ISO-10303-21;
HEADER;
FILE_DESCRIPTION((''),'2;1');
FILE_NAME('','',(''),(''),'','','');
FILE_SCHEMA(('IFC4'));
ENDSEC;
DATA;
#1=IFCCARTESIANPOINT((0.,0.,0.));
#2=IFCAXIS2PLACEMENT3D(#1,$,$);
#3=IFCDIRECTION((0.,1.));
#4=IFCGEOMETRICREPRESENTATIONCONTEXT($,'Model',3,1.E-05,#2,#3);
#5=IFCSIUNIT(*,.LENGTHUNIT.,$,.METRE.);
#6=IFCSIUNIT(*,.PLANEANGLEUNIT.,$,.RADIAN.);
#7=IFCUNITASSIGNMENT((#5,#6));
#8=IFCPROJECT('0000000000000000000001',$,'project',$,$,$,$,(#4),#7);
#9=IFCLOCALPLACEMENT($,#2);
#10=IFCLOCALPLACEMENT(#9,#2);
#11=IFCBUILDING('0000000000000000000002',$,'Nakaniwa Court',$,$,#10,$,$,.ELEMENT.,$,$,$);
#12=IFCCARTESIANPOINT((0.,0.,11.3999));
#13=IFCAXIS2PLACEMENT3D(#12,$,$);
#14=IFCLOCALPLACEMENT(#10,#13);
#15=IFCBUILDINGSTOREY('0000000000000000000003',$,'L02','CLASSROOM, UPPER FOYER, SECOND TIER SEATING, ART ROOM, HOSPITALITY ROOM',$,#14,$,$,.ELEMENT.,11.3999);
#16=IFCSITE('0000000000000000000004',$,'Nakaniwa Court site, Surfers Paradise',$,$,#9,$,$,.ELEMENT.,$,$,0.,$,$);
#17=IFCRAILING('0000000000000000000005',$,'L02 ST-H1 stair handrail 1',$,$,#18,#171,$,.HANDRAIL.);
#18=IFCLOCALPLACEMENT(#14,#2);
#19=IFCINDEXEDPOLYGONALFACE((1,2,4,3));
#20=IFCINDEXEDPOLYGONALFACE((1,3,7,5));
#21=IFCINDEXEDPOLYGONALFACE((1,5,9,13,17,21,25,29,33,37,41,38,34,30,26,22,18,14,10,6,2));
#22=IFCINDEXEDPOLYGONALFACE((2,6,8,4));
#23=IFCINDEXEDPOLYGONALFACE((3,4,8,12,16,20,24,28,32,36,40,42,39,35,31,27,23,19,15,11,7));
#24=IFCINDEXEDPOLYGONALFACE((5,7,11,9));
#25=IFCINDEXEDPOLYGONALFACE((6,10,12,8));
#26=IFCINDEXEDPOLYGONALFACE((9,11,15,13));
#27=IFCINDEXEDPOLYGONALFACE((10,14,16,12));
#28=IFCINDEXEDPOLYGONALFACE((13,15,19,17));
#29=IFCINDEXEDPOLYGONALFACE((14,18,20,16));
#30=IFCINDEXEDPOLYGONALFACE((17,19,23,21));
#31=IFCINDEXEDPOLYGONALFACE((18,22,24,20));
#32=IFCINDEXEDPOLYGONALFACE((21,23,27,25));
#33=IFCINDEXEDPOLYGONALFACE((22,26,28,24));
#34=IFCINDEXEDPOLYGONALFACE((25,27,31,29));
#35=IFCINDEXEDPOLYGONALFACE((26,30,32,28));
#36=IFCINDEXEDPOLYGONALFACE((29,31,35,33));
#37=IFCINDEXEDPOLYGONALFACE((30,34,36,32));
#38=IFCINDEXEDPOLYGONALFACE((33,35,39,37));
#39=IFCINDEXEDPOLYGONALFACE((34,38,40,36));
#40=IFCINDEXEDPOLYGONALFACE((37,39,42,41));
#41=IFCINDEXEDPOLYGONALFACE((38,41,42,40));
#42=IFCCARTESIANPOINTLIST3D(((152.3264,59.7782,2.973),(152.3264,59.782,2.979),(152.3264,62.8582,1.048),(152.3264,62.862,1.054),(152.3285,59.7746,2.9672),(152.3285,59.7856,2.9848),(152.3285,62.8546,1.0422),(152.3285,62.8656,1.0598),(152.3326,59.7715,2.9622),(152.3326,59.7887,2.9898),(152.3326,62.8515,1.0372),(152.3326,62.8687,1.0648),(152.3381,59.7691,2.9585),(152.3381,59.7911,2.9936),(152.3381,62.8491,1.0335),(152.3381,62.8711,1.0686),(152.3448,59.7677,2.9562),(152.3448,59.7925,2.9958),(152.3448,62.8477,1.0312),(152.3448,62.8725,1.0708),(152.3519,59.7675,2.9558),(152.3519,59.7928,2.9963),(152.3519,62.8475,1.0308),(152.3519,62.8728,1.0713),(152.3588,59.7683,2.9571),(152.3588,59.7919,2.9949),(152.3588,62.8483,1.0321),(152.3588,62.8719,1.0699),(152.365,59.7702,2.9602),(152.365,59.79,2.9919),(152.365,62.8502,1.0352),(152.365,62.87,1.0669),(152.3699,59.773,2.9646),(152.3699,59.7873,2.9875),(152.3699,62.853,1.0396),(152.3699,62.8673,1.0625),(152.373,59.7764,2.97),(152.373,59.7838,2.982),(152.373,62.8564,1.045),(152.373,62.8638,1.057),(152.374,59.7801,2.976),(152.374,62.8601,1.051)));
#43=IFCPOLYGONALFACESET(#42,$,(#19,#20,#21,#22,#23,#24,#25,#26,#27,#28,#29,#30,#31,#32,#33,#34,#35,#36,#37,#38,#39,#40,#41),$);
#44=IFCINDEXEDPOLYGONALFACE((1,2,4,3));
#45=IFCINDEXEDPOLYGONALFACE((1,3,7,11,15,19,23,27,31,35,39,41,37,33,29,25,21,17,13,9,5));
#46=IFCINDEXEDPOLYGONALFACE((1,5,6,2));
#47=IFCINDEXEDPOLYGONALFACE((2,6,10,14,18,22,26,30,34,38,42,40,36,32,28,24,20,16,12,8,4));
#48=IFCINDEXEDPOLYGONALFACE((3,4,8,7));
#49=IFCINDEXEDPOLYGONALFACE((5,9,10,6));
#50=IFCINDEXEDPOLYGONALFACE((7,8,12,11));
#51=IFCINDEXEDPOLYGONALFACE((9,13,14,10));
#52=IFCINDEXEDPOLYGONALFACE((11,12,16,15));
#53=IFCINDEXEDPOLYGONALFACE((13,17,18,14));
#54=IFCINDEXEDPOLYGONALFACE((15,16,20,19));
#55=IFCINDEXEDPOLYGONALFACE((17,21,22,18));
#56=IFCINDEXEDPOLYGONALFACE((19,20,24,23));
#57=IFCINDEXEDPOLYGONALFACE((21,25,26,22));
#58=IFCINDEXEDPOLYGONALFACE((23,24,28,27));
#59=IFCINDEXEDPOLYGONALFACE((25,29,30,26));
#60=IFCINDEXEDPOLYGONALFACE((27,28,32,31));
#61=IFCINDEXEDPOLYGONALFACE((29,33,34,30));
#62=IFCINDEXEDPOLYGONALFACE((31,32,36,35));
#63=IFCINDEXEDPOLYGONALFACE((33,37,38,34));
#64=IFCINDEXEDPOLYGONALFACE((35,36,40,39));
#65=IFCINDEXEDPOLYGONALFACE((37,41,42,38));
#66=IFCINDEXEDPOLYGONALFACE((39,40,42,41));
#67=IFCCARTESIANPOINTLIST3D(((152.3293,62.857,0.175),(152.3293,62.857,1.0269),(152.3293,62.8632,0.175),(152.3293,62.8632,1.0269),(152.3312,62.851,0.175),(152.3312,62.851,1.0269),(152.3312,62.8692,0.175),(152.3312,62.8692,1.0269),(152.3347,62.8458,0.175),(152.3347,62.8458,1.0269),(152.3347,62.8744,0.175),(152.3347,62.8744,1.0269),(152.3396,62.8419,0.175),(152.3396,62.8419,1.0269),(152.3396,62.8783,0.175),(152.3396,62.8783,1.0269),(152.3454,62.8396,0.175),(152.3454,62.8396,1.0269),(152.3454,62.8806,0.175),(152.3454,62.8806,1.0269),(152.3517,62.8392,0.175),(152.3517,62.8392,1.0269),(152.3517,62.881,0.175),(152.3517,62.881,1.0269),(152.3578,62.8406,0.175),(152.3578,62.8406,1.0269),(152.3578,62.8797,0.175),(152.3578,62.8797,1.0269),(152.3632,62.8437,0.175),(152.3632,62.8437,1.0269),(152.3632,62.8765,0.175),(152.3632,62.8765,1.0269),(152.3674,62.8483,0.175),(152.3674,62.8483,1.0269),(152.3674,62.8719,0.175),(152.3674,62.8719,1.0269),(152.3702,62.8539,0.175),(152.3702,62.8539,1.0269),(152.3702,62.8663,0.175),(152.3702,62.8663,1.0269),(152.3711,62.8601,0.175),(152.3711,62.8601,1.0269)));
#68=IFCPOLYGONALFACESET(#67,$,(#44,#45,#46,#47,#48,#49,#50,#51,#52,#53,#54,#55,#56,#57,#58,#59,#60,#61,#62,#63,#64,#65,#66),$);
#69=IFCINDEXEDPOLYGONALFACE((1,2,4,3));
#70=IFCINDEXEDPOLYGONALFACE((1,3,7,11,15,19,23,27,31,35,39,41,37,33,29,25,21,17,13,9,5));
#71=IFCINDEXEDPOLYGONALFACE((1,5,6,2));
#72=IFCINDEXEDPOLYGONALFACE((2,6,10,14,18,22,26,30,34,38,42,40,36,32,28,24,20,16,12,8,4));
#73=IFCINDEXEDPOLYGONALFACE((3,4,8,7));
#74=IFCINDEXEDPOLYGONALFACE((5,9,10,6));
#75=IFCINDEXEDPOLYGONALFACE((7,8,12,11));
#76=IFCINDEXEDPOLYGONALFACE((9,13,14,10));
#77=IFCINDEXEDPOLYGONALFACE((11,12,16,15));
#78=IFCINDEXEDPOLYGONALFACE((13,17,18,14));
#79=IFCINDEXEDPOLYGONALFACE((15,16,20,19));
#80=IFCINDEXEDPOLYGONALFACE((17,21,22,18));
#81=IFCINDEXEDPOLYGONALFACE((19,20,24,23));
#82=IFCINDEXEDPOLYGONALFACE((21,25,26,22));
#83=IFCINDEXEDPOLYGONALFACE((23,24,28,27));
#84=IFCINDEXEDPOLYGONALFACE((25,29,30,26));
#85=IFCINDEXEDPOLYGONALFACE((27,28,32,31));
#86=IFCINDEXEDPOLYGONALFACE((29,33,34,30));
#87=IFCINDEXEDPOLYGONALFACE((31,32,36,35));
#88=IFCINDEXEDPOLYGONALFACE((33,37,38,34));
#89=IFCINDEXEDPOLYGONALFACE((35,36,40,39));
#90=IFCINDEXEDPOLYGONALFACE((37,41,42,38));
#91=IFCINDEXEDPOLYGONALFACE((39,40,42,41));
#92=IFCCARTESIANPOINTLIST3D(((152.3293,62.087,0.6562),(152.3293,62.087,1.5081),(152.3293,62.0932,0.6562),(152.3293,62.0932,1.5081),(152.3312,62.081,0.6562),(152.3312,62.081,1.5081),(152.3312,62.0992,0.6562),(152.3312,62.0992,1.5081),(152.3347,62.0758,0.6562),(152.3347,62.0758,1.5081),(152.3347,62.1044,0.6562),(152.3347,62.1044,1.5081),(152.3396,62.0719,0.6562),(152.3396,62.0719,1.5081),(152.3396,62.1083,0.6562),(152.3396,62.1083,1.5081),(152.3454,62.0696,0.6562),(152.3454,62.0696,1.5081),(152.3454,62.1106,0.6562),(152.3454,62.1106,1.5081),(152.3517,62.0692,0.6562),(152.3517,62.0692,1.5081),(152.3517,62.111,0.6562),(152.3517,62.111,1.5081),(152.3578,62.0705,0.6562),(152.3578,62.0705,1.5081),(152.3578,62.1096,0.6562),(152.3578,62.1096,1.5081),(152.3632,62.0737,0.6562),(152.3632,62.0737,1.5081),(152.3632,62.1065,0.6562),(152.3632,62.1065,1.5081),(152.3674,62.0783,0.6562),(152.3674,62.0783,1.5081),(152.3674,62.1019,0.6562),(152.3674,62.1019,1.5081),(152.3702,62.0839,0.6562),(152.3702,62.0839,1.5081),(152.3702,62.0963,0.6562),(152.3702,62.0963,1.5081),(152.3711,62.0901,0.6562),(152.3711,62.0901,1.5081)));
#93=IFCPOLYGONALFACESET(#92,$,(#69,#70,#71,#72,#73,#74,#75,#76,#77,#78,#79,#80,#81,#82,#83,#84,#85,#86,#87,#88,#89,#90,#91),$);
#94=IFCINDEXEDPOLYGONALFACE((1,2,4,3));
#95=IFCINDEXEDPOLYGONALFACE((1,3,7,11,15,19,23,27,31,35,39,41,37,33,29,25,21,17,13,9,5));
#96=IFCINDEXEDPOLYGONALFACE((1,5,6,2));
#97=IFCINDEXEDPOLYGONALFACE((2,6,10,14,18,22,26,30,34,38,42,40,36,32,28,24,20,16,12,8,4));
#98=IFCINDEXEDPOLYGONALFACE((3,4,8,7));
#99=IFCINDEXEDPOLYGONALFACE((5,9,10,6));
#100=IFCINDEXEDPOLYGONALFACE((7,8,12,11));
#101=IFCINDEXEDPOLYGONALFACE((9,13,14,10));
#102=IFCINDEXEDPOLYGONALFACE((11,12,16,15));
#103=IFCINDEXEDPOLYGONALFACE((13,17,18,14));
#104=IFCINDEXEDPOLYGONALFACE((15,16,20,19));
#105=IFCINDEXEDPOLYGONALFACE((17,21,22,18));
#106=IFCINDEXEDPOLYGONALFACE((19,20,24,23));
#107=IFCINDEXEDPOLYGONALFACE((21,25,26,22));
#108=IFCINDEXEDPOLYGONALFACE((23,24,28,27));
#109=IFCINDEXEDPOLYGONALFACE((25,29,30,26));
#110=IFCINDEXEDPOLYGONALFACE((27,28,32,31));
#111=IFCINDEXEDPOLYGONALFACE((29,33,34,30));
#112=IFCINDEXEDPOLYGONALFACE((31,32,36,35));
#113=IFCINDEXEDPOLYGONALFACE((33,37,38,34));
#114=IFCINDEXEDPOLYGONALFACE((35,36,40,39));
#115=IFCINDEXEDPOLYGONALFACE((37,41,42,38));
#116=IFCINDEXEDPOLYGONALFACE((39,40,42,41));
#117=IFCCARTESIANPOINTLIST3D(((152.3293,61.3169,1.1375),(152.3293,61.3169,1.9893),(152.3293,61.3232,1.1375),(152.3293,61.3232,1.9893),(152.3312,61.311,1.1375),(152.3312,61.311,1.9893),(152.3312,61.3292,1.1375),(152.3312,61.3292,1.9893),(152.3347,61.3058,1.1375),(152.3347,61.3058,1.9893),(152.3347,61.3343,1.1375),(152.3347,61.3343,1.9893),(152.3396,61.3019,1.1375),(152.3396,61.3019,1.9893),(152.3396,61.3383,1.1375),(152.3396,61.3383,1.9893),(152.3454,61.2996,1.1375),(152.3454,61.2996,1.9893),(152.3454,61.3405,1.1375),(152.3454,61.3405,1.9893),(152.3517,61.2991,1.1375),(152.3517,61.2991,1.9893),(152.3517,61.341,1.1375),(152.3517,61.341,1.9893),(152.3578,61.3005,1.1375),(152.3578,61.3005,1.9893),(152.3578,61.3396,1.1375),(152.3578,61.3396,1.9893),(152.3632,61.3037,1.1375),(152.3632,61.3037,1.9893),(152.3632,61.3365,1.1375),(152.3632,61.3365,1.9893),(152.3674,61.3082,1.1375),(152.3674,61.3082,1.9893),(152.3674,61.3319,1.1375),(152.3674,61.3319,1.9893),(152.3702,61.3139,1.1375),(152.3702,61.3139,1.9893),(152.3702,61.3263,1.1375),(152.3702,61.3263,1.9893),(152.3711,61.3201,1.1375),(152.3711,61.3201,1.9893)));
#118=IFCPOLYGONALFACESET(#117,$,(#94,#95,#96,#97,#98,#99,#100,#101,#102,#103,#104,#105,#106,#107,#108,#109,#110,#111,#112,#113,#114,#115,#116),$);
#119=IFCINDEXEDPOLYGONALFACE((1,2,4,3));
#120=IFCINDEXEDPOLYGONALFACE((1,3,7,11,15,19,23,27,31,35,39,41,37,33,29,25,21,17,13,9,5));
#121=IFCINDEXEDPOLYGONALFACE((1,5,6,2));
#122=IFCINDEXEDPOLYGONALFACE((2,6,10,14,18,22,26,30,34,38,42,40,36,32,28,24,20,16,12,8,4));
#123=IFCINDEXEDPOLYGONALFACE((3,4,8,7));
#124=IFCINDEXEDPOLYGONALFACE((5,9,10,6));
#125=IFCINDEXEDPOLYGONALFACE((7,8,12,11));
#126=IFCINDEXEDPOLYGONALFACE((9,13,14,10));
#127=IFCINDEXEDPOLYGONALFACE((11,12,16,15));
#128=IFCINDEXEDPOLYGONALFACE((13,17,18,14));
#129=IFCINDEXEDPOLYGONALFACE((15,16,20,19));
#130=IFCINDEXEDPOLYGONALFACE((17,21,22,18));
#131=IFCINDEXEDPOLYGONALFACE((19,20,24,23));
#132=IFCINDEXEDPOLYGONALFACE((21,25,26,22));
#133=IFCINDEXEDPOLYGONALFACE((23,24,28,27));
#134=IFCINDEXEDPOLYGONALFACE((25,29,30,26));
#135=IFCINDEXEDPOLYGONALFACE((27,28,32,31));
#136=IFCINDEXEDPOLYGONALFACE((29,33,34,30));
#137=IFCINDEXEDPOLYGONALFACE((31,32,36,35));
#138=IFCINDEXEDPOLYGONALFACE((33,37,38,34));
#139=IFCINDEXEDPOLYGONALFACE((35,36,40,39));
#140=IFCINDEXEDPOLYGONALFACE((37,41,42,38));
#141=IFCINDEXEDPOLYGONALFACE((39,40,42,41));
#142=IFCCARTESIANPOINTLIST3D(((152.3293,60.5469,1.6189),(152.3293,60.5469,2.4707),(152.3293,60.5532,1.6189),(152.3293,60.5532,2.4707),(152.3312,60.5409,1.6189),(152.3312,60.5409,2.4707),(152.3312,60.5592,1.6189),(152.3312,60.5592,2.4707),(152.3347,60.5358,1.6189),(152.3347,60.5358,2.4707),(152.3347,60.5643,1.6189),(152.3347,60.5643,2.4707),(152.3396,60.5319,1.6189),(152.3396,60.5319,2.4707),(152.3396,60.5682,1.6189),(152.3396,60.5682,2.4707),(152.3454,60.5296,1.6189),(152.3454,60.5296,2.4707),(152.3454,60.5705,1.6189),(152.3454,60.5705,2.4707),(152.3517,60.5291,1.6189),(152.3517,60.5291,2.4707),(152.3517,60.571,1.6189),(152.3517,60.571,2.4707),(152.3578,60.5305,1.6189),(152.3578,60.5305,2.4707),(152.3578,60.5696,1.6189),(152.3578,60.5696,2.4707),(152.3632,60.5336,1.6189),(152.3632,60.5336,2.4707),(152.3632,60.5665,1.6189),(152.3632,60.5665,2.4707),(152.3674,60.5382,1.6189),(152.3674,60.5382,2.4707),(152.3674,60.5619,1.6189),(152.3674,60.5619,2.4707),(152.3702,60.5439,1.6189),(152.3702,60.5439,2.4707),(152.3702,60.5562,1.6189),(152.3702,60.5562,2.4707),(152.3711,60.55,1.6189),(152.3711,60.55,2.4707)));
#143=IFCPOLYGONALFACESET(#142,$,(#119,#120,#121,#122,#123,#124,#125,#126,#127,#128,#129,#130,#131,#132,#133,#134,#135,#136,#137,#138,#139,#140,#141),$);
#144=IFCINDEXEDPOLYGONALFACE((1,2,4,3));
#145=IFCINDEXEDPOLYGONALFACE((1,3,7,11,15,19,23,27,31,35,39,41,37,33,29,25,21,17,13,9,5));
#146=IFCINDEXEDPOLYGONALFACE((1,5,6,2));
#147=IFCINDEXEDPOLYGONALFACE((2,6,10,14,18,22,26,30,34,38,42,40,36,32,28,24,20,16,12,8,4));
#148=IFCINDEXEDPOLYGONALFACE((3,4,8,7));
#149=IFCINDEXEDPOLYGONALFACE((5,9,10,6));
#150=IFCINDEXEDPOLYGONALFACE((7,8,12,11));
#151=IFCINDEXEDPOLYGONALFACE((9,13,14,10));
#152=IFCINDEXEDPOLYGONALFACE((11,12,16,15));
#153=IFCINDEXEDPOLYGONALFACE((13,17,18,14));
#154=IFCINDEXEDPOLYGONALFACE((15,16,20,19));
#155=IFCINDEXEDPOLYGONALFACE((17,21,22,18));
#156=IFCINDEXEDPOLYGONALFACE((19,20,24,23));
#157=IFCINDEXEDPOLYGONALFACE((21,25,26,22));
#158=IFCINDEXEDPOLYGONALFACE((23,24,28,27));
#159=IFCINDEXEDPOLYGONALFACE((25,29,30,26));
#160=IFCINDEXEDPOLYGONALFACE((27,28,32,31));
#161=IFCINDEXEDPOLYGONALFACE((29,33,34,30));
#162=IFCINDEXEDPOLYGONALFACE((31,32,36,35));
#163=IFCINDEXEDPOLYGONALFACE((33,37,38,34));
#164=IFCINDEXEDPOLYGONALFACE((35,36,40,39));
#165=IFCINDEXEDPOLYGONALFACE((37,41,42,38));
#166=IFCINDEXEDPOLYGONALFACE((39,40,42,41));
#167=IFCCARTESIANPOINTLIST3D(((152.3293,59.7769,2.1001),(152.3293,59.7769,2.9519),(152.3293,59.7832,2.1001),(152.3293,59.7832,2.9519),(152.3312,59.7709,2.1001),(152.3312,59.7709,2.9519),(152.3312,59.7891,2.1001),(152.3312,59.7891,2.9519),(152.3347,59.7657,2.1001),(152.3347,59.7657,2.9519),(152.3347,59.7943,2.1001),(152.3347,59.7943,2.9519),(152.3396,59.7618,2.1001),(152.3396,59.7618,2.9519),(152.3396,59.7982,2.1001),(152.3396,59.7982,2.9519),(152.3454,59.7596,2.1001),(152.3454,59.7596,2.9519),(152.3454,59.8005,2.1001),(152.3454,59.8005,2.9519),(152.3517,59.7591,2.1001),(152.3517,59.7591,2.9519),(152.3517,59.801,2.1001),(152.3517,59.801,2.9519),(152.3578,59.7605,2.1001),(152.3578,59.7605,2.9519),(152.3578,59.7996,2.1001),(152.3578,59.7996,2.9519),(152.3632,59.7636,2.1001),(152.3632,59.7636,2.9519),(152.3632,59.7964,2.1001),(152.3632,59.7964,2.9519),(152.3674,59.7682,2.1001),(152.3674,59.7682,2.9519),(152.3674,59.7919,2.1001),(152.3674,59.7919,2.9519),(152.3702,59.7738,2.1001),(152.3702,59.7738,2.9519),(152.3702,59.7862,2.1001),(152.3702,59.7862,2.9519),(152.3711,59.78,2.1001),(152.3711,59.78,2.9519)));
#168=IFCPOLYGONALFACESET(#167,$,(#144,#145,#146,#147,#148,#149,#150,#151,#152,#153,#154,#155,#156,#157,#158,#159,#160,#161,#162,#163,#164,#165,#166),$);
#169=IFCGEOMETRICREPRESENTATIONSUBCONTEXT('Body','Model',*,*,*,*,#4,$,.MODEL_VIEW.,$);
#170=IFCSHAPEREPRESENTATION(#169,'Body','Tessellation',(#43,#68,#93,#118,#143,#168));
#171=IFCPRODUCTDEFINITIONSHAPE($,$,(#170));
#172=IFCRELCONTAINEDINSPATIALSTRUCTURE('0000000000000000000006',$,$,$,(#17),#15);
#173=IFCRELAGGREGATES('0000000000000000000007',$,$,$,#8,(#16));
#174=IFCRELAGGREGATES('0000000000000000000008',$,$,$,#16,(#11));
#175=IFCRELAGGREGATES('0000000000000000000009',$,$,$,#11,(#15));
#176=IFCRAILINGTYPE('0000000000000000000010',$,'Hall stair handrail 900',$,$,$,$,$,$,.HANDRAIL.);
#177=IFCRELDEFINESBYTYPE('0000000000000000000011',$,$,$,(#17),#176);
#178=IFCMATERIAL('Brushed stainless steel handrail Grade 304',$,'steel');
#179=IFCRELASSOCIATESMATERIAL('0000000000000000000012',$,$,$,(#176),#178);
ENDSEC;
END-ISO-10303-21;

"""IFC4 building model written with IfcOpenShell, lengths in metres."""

from ifc_helpers import new_model, si_unit, direction, frame, origin, origin_2d, place, context, subcontext, project, spatial, circle, extrude, material, type_object, element, save


model = new_model("IFC4")

# Units and contexts
model_context = context("Model", 3, precision=1e-05, world=origin(), true_north=direction((0.0, 1.0)))
body_context = subcontext(model_context, "Body", "Model", "MODEL_VIEW")
ifc_project = project(units=[si_unit("LENGTHUNIT", "METRE"), si_unit("PLANEANGLEUNIT", "RADIAN")], contexts=[model_context])

# Site, building, storey
site_placement = place(None, origin())
site = spatial("IfcSite", under=ifc_project, at=site_placement, Name="Nakaniwa Court site, Surfers Paradise", CompositionType="ELEMENT", RefElevation=0.0)
building_placement = place(site_placement, origin())
building = spatial("IfcBuilding", under=site, at=building_placement, Name="Nakaniwa Court", CompositionType="ELEMENT")
storey_placement = place(building_placement, frame((0.0, 0.0, 11.3999)))
storey = spatial("IfcBuildingStorey", under=building, at=storey_placement, Name="L02", Description="CLASSROOM, UPPER FOYER, SECOND TIER SEATING, ART ROOM, HOSPITALITY ROOM", CompositionType="ELEMENT", Elevation=11.3999)

# Railing
ifc_material_1 = material(Name="Brushed stainless steel handrail Grade 304", Category="steel")
railing_type_1 = type_object("IfcRailingType", Name="Hall stair handrail 900", PredefinedType="HANDRAIL", material=ifc_material_1)
railing_1_placement = place(storey_placement, frame((152.3501, 62.8601, 0.175)))
element("IfcRailing", 1, at=railing_1_placement, inside=storey, type_object=railing_type_1, Name="L02 ST-H1 stair handrail 1", PredefinedType="HANDRAIL", context=body_context, shape_type="SweptSolid", body=[
    extrude(circle(Radius=0.0239, at=origin_2d()), frame((0.0, 0.0, 0.876), z_axis=(0.0, -0.847998, 0.529999), x_axis=(1.0, 0.0, 0.0)), (0.0, 0.0, 1.0), 3.6321),
    extrude(circle(Radius=0.021, at=origin_2d()), origin(), (0.0, 0.0, 1.0), 0.8518),
    extrude(circle(Radius=0.021, at=origin_2d()), frame((0.0, -0.77, 0.4812)), (0.0, 0.0, 1.0), 0.8518),
    extrude(circle(Radius=0.021, at=origin_2d()), frame((0.0, -1.54, 0.9624)), (0.0, 0.0, 1.0), 0.8518),
    extrude(circle(Radius=0.021, at=origin_2d()), frame((0.0, -2.3101, 1.4438)), (0.0, 0.0, 1.0), 0.8518),
    extrude(circle(Radius=0.021, at=origin_2d()), frame((0.0, -3.0801, 1.925)), (0.0, 0.0, 1.0), 0.8518),
])

save(model, "model.ifc")
